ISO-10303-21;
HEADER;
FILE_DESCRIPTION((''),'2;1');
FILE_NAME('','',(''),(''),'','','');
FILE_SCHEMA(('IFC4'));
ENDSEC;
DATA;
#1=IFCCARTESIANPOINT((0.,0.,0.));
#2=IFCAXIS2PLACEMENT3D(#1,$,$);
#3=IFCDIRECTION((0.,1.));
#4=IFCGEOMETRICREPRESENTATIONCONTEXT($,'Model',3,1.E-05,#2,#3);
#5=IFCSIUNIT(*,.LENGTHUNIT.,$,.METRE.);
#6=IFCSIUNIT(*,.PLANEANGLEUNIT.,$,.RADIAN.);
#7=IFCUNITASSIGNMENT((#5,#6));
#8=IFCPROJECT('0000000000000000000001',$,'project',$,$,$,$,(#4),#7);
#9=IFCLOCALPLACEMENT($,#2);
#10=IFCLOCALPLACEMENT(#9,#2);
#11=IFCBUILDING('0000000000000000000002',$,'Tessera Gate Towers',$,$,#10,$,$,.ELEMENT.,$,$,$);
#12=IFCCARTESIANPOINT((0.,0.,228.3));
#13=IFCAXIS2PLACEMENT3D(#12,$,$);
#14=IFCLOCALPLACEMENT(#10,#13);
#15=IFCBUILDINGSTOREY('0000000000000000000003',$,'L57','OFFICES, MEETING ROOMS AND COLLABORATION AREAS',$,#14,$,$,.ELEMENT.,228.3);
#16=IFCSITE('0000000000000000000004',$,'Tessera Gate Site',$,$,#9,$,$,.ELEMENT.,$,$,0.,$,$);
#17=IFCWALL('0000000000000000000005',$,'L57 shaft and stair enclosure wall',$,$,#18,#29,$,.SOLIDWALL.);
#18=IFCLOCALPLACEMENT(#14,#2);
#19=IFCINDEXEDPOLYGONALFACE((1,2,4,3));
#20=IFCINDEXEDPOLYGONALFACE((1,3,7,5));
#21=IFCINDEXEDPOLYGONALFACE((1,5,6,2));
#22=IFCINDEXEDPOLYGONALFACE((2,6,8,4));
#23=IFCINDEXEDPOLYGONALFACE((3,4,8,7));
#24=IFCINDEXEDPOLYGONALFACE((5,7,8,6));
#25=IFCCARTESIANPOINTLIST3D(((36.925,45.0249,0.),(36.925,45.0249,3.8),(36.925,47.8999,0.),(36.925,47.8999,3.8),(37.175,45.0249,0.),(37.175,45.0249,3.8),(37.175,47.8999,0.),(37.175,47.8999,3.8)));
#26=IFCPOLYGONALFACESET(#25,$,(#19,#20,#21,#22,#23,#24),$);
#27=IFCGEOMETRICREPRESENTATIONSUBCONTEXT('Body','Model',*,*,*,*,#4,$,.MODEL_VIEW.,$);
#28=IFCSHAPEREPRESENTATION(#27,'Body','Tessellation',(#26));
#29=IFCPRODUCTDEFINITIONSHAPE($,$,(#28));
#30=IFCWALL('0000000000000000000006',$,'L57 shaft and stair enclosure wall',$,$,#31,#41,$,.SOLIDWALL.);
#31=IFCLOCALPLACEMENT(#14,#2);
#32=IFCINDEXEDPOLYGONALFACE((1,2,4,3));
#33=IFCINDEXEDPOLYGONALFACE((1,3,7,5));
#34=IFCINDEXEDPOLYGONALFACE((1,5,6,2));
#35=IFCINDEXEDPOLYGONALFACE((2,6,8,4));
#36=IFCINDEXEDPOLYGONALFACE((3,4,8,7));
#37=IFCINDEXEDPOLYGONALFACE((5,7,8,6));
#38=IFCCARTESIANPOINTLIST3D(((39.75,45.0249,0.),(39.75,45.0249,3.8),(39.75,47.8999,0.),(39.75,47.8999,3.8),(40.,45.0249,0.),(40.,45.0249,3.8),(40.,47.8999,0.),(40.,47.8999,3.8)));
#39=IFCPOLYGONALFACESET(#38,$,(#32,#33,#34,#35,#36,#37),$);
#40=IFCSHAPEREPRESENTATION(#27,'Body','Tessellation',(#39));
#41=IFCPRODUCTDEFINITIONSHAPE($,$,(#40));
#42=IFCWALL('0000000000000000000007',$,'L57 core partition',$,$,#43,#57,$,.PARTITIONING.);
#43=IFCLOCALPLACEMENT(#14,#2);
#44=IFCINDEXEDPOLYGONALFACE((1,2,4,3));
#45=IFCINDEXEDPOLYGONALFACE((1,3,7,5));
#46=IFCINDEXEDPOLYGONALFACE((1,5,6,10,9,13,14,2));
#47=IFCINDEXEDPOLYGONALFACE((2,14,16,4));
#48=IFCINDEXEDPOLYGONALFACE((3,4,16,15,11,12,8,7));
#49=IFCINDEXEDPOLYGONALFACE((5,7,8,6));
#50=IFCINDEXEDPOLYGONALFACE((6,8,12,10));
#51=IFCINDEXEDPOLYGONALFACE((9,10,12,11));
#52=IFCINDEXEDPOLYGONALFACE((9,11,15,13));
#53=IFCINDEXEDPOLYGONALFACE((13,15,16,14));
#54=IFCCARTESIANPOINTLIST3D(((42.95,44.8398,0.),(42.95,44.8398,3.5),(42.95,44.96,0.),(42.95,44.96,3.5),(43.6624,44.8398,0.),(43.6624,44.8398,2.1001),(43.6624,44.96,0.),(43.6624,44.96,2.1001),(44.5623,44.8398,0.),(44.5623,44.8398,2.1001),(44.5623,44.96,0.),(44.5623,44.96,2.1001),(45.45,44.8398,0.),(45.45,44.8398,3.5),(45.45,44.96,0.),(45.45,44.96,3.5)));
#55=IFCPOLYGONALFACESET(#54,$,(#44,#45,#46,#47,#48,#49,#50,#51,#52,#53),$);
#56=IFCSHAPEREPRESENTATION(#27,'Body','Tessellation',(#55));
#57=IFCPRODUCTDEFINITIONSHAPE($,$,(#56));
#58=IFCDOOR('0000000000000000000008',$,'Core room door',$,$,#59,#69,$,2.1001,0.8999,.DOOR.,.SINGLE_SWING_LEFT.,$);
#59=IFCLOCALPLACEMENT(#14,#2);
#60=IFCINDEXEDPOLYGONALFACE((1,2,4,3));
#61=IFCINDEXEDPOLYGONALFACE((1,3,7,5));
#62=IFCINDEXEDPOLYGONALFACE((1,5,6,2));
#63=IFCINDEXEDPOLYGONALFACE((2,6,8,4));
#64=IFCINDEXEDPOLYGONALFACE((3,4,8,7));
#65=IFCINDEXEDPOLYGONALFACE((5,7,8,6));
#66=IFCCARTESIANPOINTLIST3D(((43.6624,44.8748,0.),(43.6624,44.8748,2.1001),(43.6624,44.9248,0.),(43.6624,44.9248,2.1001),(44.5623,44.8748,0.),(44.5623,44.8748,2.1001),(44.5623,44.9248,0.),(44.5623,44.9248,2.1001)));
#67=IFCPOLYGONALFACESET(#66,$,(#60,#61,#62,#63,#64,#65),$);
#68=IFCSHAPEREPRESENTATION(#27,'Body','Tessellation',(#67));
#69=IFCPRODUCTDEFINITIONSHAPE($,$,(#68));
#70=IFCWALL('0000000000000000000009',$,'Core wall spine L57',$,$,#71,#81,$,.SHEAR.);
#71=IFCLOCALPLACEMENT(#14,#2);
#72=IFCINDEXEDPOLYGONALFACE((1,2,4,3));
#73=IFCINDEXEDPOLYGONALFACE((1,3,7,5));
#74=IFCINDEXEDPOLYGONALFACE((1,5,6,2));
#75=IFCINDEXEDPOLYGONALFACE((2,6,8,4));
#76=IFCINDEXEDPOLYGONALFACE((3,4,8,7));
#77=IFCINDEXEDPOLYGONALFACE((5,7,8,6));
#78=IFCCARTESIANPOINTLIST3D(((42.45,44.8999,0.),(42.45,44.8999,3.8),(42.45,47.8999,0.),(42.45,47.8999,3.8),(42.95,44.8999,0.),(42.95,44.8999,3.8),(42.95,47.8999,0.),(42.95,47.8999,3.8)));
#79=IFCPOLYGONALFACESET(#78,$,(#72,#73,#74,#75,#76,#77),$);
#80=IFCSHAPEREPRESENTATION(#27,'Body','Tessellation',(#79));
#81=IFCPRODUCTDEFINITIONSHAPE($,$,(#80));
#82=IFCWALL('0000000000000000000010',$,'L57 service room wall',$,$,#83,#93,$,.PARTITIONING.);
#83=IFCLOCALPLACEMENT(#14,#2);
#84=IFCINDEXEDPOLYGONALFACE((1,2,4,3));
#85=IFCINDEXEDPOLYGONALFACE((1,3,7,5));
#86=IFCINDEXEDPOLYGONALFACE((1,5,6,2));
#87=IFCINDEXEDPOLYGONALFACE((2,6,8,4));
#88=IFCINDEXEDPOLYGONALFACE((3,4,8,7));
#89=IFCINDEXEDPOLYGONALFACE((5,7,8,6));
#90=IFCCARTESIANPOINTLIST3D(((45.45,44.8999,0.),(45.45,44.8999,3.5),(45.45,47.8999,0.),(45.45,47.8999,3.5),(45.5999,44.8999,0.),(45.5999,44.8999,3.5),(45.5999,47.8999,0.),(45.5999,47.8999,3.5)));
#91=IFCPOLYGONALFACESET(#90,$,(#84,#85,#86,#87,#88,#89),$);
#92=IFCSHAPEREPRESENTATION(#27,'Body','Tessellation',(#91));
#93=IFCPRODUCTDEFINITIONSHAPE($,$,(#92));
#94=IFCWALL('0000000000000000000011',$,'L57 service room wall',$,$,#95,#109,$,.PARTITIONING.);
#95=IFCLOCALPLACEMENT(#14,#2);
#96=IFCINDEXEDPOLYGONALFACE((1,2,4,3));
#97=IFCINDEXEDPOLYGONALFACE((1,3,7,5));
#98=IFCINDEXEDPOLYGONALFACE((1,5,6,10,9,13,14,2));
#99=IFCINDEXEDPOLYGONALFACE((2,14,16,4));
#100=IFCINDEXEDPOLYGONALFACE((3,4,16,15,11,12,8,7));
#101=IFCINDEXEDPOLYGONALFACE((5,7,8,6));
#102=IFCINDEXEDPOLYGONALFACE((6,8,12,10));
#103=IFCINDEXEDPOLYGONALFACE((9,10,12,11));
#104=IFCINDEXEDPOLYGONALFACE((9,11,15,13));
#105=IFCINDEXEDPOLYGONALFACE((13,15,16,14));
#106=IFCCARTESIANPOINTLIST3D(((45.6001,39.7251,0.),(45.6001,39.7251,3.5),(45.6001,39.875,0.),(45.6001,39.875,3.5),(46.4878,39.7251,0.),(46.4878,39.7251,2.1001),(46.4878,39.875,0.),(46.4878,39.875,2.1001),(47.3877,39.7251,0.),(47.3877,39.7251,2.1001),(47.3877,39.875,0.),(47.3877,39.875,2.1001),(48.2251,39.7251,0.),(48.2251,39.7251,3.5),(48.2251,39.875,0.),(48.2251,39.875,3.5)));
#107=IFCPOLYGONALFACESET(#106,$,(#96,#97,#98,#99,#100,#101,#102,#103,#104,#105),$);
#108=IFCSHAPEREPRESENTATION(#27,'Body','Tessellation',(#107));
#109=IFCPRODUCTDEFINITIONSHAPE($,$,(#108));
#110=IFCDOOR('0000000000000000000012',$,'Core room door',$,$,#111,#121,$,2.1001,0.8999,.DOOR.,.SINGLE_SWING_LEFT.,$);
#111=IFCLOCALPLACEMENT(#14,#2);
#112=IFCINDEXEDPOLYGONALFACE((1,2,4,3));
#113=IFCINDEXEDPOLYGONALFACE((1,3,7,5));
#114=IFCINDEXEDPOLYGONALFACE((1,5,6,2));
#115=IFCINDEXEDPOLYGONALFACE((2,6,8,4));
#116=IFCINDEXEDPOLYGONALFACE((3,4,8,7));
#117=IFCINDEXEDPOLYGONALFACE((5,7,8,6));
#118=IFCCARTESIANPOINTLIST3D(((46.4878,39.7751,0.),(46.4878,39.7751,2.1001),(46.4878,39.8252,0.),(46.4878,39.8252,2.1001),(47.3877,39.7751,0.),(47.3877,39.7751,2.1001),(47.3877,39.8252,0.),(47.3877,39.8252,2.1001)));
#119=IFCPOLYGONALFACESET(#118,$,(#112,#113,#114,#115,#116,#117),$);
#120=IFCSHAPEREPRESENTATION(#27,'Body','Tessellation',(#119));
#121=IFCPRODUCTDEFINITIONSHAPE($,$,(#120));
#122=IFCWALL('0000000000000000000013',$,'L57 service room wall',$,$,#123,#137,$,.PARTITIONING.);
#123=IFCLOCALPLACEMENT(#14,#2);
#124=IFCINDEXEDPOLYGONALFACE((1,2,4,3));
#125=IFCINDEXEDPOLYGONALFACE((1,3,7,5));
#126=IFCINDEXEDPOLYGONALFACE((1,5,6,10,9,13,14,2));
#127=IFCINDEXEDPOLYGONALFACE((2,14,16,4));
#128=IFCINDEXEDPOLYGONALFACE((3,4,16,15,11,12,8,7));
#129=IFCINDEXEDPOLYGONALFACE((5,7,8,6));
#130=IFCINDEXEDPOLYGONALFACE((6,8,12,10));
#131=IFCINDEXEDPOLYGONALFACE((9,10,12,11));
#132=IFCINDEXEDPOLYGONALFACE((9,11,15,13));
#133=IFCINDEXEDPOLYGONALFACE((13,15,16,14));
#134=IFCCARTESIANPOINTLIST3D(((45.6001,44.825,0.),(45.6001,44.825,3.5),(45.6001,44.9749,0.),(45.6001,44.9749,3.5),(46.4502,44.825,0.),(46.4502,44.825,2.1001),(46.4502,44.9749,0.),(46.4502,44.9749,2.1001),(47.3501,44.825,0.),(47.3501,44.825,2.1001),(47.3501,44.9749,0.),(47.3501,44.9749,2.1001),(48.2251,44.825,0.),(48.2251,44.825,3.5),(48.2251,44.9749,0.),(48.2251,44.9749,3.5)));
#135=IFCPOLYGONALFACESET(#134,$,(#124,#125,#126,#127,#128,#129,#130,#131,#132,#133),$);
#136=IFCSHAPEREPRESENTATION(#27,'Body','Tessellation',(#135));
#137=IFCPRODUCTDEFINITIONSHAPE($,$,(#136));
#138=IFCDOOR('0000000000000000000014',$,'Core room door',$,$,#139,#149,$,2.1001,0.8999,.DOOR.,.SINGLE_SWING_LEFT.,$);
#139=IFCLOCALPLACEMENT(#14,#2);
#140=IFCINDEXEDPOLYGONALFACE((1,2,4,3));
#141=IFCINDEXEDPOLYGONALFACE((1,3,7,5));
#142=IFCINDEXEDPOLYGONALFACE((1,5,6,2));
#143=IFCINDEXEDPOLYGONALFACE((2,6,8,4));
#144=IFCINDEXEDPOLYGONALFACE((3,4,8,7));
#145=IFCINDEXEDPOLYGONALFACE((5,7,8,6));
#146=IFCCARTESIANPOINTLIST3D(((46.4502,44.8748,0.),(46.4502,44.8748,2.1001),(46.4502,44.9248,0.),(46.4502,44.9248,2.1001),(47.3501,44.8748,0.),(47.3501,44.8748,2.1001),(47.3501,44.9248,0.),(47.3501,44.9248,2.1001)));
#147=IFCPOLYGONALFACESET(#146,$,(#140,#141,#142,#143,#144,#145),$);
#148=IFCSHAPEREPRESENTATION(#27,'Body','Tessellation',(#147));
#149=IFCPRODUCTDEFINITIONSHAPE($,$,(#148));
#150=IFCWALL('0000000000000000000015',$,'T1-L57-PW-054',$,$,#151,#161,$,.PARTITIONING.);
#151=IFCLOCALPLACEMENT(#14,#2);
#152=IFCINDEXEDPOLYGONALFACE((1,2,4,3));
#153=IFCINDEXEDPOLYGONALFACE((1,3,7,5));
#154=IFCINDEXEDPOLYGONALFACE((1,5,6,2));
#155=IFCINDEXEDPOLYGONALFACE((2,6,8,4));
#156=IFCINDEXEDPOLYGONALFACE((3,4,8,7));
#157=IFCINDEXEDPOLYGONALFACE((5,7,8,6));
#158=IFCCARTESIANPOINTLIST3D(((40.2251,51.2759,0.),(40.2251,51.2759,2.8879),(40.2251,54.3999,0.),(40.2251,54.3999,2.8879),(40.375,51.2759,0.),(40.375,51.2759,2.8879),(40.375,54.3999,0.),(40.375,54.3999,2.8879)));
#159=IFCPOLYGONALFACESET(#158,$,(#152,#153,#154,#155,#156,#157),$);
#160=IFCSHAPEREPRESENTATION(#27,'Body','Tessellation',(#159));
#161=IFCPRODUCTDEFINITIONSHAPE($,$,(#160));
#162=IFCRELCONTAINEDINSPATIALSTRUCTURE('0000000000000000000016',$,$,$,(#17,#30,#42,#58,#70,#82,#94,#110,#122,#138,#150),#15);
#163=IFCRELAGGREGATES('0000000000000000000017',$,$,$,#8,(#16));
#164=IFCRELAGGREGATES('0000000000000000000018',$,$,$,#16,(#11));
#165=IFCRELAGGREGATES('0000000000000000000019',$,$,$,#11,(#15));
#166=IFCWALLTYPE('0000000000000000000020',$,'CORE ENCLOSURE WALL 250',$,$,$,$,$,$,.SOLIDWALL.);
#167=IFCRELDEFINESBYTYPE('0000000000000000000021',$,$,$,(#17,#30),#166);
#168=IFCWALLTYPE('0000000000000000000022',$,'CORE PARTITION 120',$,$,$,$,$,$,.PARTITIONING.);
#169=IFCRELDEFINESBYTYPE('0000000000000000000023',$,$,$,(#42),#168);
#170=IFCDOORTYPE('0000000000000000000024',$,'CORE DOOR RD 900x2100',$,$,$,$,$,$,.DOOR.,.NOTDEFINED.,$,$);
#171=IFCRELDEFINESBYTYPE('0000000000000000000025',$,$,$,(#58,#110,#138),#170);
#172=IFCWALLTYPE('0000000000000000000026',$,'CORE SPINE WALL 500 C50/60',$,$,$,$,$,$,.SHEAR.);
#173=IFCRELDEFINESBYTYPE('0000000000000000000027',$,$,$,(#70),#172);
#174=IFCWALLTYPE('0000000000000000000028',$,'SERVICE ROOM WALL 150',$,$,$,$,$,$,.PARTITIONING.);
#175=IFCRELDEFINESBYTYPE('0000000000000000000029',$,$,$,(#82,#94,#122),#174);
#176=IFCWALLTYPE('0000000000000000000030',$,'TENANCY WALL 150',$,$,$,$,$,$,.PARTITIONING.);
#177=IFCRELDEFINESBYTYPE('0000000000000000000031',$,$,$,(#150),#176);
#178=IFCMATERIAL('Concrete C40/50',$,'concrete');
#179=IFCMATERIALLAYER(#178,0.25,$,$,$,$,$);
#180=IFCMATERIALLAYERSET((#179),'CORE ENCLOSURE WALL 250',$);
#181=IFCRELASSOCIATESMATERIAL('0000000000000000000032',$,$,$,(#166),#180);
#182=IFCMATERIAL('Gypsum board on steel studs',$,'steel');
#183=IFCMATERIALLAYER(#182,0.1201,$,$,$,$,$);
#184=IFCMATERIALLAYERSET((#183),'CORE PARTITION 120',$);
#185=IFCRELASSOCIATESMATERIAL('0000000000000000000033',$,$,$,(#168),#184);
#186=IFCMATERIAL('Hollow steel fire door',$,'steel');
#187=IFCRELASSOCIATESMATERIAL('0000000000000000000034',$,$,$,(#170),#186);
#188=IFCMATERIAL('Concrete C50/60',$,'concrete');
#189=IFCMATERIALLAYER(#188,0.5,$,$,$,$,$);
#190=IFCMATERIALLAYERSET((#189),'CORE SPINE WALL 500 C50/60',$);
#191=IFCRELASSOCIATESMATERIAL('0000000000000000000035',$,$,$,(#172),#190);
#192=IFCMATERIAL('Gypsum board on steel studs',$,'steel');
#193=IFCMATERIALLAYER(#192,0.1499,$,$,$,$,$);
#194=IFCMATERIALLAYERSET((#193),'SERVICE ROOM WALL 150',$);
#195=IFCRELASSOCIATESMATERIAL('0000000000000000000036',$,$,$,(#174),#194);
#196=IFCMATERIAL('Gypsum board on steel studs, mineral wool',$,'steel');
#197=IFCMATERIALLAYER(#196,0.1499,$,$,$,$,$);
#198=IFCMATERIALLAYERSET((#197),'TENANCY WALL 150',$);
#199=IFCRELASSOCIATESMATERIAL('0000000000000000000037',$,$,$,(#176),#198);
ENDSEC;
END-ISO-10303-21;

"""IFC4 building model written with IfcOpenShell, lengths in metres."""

from ifc_helpers import new_model, si_unit, direction, frame, frame_2d, origin, place, context, subcontext, project, spatial, rectangle, extrude, source, transform, mapped, material, layer, layer_set, type_object, element, fill, save


model = new_model("IFC4")

# Units and contexts
model_context = context("Model", 3, precision=1e-05, world=origin(), true_north=direction((0.0, 1.0)))
body_context = subcontext(model_context, "Body", "Model", "MODEL_VIEW")
ifc_project = project(units=[si_unit("LENGTHUNIT", "METRE"), si_unit("PLANEANGLEUNIT", "RADIAN")], contexts=[model_context])

# Site, building, storey
site_placement = place(None, origin())
site = spatial("IfcSite", under=ifc_project, at=site_placement, Name="Tessera Gate Site", CompositionType="ELEMENT", RefElevation=0.0)
building_placement = place(site_placement, origin())
building = spatial("IfcBuilding", under=site, at=building_placement, Name="Tessera Gate Towers", CompositionType="ELEMENT")
storey_placement = place(building_placement, frame((0.0, 0.0, 228.3)))
storey = spatial("IfcBuildingStorey", under=building, at=storey_placement, Name="L57", Description="OFFICES, MEETING ROOMS AND COLLABORATION AREAS", CompositionType="ELEMENT", Elevation=228.3)

# Shared definitions
ifc_material_1 = material(Name="Concrete C40/50", Category="concrete")
ifc_layer_1 = layer(ifc_material_1, 0.25)
ifc_layer_set_1 = layer_set([ifc_layer_1], Name="CORE ENCLOSURE WALL 250")
wall_type_1 = type_object("IfcWallType", Name="CORE ENCLOSURE WALL 250", PredefinedType="SOLIDWALL", material=ifc_layer_set_1)

# Walls
for number, where, z_axis, x_axis, name in (
    (1, (37.05, 45.0249, 0.0), (0.0, 0.0, 1.0), (0.0, 1.0, 0.0), "L57 shaft and stair enclosure wall"),
    (2, (39.875, 45.0249, 0.0), (0.0, 0.0, 1.0), (0.0, 1.0, 0.0), "L57 shaft and stair enclosure wall"),
):
    element("IfcWall", number, at=place(storey_placement, frame(where, z_axis=z_axis, x_axis=x_axis)), inside=storey, type_object=wall_type_1, Name=name, PredefinedType="SOLIDWALL", context=body_context, shape_type="SweptSolid", body=[
        extrude(rectangle(XDim=2.875, YDim=0.25, at=frame_2d((1.4375, 0.0))), origin(), (0.0, 0.0, 1.0), 3.8),
    ])

# Wall, opening, door
ifc_material_2 = material(Name="Gypsum board on steel studs", Category="steel")
ifc_layer_2 = layer(ifc_material_2, 0.1201)
ifc_layer_set_2 = layer_set([ifc_layer_2], Name="CORE PARTITION 120")
wall_type_2 = type_object("IfcWallType", Name="CORE PARTITION 120", PredefinedType="PARTITIONING", material=ifc_layer_set_2)
wall_1_placement = place(storey_placement, frame((42.95, 44.8999, 0.0), z_axis=(0.0, 0.0, 1.0), x_axis=(1.0, 0.0, 0.0)))
wall_1 = element("IfcWall", 3, at=wall_1_placement, inside=storey, type_object=wall_type_2, Name="L57 core partition", PredefinedType="PARTITIONING", context=body_context, shape_type="SweptSolid", body=[
    extrude(rectangle(XDim=2.5, YDim=0.1201, at=frame_2d((1.25, 0.0))), origin(), (0.0, 0.0, 1.0), 3.5),
])
shared_shape_1 = source(origin(), body_context, "Body", "SweptSolid", [
    extrude(rectangle(XDim=0.8999, YDim=2.1001, at=frame_2d((0.45, 1.05))), frame((0.0, 0.0701, 0.0), z_axis=(0.0, -1.0, 0.0), x_axis=(1.0, 0.0, 0.0)), (0.0, 0.0, 1.0), 0.1401),
])
opening_1_placement = place(wall_1_placement, frame((0.7124, 0.0, 0.0)))
opening_1 = element("IfcOpeningElement", 4, at=opening_1_placement, cuts=wall_1, PredefinedType="OPENING", context=body_context, shape_type="MappedRepresentation", body=[
    mapped(shared_shape_1, transform((0.0, 0.0, 0.0), scale=1.0)),
])
ifc_material_3 = material(Name="Hollow steel fire door", Category="steel")
door_type_1 = type_object("IfcDoorType", Name="CORE DOOR RD 900x2100", OperationType="NOTDEFINED", PredefinedType="DOOR", material=ifc_material_3)
shared_shape_2 = source(origin(), body_context, "Body", "SweptSolid", [
    extrude(rectangle(XDim=0.8999, YDim=2.1001, at=frame_2d((0.45, 1.05))), frame((0.0, 0.0249, 0.0), z_axis=(0.0, -1.0, 0.0), x_axis=(1.0, 0.0, 0.0)), (0.0, 0.0, 1.0), 0.05),
])
door_1_placement = place(opening_1_placement, origin())
door_1 = element("IfcDoor", 5, at=door_1_placement, inside=storey, type_object=door_type_1, Name="Core room door", OperationType="SINGLE_SWING_LEFT", OverallHeight=2.1001, OverallWidth=0.8999, PredefinedType="DOOR", context=body_context, shape_type="MappedRepresentation", body=[
    mapped(shared_shape_2, transform((0.0, 0.0, 0.0), scale=1.0)),
])
fill(opening_1, door_1)

# Walls
ifc_material_4 = material(Name="Concrete C50/60", Category="concrete")
ifc_layer_3 = layer(ifc_material_4, 0.5)
ifc_layer_set_3 = layer_set([ifc_layer_3], Name="CORE SPINE WALL 500 C50/60")
wall_type_3 = type_object("IfcWallType", Name="CORE SPINE WALL 500 C50/60", PredefinedType="SHEAR", material=ifc_layer_set_3)
wall_2_placement = place(storey_placement, frame((42.7, 44.8999, 0.0), z_axis=(0.0, 0.0, 1.0), x_axis=(0.0, 1.0, 0.0)))
element("IfcWall", 6, at=wall_2_placement, inside=storey, type_object=wall_type_3, Name="Core wall spine L57", PredefinedType="SHEAR", context=body_context, shape_type="SweptSolid", body=[
    extrude(rectangle(XDim=3.0, YDim=0.5, at=frame_2d((1.5, 0.0))), origin(), (0.0, 0.0, 1.0), 3.8),
])
ifc_material_5 = material(Name="Gypsum board on steel studs", Category="steel")
ifc_layer_4 = layer(ifc_material_5, 0.1499)
ifc_layer_set_4 = layer_set([ifc_layer_4], Name="SERVICE ROOM WALL 150")
wall_type_4 = type_object("IfcWallType", Name="SERVICE ROOM WALL 150", PredefinedType="PARTITIONING", material=ifc_layer_set_4)
wall_3_placement = place(storey_placement, frame((45.5249, 44.8999, 0.0), z_axis=(0.0, 0.0, 1.0), x_axis=(0.0, 1.0, 0.0)))
element("IfcWall", 7, at=wall_3_placement, inside=storey, type_object=wall_type_4, Name="L57 service room wall", PredefinedType="PARTITIONING", context=body_context, shape_type="SweptSolid", body=[
    extrude(rectangle(XDim=3.0, YDim=0.1499, at=frame_2d((1.5, 0.0))), origin(), (0.0, 0.0, 1.0), 3.5),
])

# Walls, openings, doors
wall_4_placement = place(storey_placement, frame((48.2251, 39.8, 0.0), z_axis=(0.0, 0.0, 1.0), x_axis=(-1.0, 0.0, 0.0)))
wall_4 = element("IfcWall", 8, at=wall_4_placement, inside=storey, type_object=wall_type_4, Name="L57 service room wall", PredefinedType="PARTITIONING", context=body_context, shape_type="SweptSolid", body=[
    extrude(rectangle(XDim=2.625, YDim=0.1499, at=frame_2d((1.3125, 0.0))), origin(), (0.0, 0.0, 1.0), 3.5),
])
shared_shape_3 = source(origin(), body_context, "Body", "SweptSolid", [
    extrude(rectangle(XDim=0.8999, YDim=2.1001, at=frame_2d((0.45, 1.05))), frame((0.0, 0.085, 0.0), z_axis=(0.0, -1.0, 0.0), x_axis=(1.0, 0.0, 0.0)), (0.0, 0.0, 1.0), 0.1699),
])
opening_2_placement = place(wall_4_placement, frame((0.8374, 0.0, 0.0)))
opening_2 = element("IfcOpeningElement", 9, at=opening_2_placement, cuts=wall_4, PredefinedType="OPENING", context=body_context, shape_type="MappedRepresentation", body=[
    mapped(shared_shape_3, transform((0.0, 0.0, 0.0), scale=1.0)),
])
door_2_placement = place(opening_2_placement, origin())
door_2 = element("IfcDoor", 10, at=door_2_placement, inside=storey, type_object=door_type_1, Name="Core room door", OperationType="SINGLE_SWING_LEFT", OverallHeight=2.1001, OverallWidth=0.8999, PredefinedType="DOOR", context=body_context, shape_type="MappedRepresentation", body=[
    mapped(shared_shape_2, transform((0.0, 0.0, 0.0), scale=1.0)),
])
fill(opening_2, door_2)
wall_5_placement = place(storey_placement, frame((45.6001, 44.8999, 0.0), z_axis=(0.0, 0.0, 1.0), x_axis=(1.0, 0.0, 0.0)))
wall_5 = element("IfcWall", 11, at=wall_5_placement, inside=storey, type_object=wall_type_4, Name="L57 service room wall", PredefinedType="PARTITIONING", context=body_context, shape_type="SweptSolid", body=[
    extrude(rectangle(XDim=2.625, YDim=0.1499, at=frame_2d((1.3125, 0.0))), origin(), (0.0, 0.0, 1.0), 3.5),
])
opening_3_placement = place(wall_5_placement, frame((0.8501, 0.0, 0.0)))
opening_3 = element("IfcOpeningElement", 12, at=opening_3_placement, cuts=wall_5, PredefinedType="OPENING", context=body_context, shape_type="MappedRepresentation", body=[
    mapped(shared_shape_3, transform((0.0, 0.0, 0.0), scale=1.0)),
])
door_3_placement = place(opening_3_placement, origin())
door_3 = element("IfcDoor", 13, at=door_3_placement, inside=storey, type_object=door_type_1, Name="Core room door", OperationType="SINGLE_SWING_LEFT", OverallHeight=2.1001, OverallWidth=0.8999, PredefinedType="DOOR", context=body_context, shape_type="MappedRepresentation", body=[
    mapped(shared_shape_2, transform((0.0, 0.0, 0.0), scale=1.0)),
])
fill(opening_3, door_3)

# Wall
ifc_material_6 = material(Name="Gypsum board on steel studs, mineral wool", Category="steel")
ifc_layer_5 = layer(ifc_material_6, 0.1499)
ifc_layer_set_5 = layer_set([ifc_layer_5], Name="TENANCY WALL 150")
wall_type_5 = type_object("IfcWallType", Name="TENANCY WALL 150", PredefinedType="PARTITIONING", material=ifc_layer_set_5)
wall_6_placement = place(storey_placement, frame((40.3, 51.2759, 0.0), z_axis=(0.0, 0.0, 1.0), x_axis=(0.0, 1.0, 0.0)))
element("IfcWall", 14, at=wall_6_placement, inside=storey, type_object=wall_type_5, Name="T1-L57-PW-054", PredefinedType="PARTITIONING", context=body_context, shape_type="SweptSolid", body=[
    extrude(rectangle(XDim=3.124, YDim=0.1499, at=frame_2d((1.562, 0.0))), origin(), (0.0, 0.0, 1.0), 2.8879),
])

save(model, "model.ifc")
